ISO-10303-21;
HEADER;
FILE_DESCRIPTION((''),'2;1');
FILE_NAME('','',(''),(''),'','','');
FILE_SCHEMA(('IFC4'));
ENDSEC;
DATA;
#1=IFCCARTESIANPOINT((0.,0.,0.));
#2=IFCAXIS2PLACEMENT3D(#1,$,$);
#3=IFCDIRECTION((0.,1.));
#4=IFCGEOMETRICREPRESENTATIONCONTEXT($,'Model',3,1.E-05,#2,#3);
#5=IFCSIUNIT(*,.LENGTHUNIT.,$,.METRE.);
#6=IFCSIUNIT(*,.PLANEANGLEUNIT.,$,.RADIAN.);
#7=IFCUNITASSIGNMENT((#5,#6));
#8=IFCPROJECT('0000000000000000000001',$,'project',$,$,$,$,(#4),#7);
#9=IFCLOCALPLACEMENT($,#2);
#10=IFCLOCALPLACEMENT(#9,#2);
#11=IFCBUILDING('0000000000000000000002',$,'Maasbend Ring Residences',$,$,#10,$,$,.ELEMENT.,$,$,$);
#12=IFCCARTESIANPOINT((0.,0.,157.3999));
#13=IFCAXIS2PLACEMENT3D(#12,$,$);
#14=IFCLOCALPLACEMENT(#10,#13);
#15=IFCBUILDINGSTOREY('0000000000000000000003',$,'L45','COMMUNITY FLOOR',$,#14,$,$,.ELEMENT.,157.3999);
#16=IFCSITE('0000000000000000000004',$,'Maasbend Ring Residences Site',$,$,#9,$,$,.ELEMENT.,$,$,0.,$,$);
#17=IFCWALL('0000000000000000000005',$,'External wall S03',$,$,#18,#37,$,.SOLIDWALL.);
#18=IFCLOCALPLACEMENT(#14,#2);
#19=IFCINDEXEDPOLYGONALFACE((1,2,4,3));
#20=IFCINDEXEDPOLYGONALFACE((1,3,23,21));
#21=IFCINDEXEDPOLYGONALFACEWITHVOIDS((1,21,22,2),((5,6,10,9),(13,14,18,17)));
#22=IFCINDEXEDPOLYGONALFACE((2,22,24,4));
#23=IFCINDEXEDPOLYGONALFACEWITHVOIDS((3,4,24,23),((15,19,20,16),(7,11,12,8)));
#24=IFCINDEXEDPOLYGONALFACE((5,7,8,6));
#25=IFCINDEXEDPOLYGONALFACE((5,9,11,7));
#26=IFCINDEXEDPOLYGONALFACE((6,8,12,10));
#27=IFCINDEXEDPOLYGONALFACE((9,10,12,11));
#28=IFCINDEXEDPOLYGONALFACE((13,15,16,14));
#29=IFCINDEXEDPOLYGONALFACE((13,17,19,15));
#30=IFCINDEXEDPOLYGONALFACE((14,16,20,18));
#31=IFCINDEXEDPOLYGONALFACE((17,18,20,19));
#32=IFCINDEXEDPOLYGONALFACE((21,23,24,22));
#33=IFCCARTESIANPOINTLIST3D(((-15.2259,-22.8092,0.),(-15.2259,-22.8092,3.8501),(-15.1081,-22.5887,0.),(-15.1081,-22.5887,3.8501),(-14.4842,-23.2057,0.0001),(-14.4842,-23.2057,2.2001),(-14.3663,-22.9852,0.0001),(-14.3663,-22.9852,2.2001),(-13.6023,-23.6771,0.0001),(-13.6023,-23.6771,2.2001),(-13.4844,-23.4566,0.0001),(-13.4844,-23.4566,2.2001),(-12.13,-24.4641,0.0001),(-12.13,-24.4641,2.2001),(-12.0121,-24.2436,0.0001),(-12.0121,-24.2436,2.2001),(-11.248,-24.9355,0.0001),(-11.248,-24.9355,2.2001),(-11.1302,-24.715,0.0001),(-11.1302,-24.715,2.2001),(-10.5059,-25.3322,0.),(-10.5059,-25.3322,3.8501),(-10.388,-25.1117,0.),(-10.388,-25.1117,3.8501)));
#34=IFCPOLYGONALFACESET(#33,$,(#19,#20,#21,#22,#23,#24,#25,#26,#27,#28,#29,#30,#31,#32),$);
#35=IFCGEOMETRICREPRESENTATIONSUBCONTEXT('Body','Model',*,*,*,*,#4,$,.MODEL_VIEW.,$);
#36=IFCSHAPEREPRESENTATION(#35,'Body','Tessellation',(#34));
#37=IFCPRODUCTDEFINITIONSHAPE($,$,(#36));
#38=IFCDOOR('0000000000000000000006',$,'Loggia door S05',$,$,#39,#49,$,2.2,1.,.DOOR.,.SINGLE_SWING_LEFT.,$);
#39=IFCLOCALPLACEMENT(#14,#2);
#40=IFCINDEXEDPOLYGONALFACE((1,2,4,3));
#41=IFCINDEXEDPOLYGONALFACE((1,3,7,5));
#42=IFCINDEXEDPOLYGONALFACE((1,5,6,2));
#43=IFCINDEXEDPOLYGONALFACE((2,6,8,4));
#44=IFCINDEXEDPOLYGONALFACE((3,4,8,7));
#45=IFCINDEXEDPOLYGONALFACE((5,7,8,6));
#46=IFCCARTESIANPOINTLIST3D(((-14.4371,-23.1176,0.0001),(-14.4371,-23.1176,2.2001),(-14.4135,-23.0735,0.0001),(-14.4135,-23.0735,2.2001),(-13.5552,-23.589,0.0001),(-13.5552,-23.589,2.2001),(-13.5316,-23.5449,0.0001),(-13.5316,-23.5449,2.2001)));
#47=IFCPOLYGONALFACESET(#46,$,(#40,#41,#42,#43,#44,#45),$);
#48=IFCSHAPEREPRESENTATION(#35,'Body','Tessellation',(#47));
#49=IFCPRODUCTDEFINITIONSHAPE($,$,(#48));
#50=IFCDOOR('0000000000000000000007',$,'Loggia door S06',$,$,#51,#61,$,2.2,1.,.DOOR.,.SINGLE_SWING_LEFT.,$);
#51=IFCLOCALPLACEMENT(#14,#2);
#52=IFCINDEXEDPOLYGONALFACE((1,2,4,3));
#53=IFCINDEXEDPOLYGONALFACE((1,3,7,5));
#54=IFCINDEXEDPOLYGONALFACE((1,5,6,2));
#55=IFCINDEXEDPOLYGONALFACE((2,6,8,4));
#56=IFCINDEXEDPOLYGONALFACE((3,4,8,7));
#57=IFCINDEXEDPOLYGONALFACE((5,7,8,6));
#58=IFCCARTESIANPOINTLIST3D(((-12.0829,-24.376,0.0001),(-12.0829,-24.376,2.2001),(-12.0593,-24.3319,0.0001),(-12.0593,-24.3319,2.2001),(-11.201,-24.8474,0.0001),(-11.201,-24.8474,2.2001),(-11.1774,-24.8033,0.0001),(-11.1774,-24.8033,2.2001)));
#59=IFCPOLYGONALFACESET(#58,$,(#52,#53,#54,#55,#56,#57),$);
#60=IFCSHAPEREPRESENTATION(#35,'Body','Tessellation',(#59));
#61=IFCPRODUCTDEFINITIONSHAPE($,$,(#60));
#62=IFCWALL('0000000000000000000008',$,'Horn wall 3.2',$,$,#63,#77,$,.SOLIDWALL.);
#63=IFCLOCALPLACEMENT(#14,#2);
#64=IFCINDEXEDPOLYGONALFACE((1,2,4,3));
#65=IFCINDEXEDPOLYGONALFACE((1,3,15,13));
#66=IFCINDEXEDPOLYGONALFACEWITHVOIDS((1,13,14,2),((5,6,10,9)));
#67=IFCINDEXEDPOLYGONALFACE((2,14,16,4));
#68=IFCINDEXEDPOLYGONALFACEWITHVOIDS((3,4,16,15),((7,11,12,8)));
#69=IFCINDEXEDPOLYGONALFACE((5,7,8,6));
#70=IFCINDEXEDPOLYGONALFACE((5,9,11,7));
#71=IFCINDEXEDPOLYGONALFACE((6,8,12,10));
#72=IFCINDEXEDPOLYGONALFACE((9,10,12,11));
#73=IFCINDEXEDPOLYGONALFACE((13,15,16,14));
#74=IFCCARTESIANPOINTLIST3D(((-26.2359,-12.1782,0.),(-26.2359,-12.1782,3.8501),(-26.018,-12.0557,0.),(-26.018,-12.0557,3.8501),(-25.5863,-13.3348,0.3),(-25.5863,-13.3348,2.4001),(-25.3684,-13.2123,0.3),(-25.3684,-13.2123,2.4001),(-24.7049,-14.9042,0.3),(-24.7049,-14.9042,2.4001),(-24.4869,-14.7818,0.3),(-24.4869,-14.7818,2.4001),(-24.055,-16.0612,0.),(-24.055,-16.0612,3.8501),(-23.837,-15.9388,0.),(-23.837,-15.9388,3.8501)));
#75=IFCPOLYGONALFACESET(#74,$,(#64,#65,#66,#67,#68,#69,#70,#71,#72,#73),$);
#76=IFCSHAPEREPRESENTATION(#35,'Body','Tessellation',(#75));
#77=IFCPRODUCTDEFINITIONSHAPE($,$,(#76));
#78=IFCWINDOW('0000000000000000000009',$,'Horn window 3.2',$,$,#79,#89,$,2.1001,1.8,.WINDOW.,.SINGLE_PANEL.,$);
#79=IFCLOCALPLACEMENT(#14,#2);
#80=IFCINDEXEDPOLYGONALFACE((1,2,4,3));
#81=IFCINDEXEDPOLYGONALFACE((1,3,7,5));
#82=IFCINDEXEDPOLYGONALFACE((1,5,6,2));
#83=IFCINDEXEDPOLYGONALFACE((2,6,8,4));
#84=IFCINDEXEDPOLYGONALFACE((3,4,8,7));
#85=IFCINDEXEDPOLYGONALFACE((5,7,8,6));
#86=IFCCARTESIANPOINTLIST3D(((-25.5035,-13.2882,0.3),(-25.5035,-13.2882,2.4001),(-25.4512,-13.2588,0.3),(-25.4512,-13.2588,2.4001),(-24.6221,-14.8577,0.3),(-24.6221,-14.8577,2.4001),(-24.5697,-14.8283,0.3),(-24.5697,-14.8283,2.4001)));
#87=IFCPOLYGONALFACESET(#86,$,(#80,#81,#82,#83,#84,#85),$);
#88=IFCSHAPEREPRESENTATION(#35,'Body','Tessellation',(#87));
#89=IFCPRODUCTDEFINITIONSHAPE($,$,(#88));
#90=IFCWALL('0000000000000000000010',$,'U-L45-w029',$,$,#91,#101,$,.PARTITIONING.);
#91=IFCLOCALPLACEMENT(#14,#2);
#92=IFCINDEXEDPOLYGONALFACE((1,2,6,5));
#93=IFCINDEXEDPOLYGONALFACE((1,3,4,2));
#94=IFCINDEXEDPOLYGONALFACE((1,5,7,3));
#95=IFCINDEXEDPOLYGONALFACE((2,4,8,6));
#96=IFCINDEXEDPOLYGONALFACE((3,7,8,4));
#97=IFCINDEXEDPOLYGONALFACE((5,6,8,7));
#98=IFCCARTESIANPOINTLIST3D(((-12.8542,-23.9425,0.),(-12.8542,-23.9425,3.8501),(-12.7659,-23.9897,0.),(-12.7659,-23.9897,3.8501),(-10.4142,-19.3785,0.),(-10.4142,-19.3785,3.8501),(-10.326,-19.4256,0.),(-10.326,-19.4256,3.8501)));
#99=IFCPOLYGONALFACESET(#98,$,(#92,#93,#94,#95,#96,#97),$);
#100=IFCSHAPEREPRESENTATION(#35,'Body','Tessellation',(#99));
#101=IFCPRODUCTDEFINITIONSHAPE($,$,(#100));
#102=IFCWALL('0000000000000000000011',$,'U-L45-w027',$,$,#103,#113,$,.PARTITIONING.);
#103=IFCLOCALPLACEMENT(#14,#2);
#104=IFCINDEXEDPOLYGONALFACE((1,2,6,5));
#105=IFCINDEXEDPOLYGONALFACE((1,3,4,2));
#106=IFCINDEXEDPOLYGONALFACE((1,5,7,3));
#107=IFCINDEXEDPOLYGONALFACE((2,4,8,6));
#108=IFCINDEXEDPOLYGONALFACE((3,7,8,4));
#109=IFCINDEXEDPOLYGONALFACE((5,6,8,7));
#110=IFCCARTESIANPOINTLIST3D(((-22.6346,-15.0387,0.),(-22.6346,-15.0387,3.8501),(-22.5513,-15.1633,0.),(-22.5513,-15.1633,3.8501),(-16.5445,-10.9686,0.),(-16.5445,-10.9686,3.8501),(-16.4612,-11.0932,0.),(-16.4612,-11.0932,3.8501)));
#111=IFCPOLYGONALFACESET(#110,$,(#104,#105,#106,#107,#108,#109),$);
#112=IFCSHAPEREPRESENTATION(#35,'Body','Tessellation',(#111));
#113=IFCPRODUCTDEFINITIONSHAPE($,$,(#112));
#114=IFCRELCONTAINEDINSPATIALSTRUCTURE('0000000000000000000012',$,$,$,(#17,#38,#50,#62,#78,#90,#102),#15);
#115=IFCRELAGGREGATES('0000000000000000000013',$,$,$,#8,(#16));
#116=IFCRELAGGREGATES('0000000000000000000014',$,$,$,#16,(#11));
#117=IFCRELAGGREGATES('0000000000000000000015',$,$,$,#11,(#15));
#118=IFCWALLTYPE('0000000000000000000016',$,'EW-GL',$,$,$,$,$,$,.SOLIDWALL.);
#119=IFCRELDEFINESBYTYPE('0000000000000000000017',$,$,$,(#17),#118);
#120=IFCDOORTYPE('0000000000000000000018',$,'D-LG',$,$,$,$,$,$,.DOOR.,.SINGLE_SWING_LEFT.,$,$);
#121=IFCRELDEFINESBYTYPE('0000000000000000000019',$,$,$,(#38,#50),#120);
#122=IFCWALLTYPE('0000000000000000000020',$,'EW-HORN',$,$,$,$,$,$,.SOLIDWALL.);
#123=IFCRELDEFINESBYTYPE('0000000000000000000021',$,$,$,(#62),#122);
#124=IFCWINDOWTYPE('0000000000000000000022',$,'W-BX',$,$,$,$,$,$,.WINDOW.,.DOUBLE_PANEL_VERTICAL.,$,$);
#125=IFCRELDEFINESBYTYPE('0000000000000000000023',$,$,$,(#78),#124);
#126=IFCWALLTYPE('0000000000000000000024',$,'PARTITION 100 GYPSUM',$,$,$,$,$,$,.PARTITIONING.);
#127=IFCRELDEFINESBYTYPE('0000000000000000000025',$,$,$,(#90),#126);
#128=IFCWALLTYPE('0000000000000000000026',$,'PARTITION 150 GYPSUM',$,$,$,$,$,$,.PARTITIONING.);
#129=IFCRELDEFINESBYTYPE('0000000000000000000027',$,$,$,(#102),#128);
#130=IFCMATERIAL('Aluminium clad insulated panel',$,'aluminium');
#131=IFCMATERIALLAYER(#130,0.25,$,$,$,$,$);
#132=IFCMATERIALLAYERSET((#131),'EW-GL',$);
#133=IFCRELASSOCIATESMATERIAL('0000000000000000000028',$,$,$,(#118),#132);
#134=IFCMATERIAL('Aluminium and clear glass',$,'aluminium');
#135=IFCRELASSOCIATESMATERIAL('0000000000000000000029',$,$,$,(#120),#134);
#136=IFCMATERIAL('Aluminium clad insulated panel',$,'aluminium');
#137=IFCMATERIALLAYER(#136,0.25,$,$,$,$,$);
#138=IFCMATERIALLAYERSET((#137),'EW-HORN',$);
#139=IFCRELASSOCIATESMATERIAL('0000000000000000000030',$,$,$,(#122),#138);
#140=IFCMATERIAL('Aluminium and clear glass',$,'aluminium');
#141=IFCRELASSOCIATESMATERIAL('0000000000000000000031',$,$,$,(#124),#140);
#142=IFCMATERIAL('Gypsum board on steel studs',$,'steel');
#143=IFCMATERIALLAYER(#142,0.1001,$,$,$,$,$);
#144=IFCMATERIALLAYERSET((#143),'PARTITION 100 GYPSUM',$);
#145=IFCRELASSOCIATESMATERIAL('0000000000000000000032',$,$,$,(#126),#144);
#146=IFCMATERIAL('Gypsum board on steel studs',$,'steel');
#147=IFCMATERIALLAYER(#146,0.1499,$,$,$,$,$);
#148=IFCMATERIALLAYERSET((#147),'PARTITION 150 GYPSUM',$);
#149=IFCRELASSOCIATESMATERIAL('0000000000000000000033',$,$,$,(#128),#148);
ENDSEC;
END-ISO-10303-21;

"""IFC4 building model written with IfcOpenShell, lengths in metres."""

from ifc_helpers import new_model, si_unit, direction, frame, frame_2d, origin, place, context, subcontext, project, spatial, rectangle, extrude, material, layer, layer_set, type_object, element, fill, save


model = new_model("IFC4")

# Units and contexts
model_context = context("Model", 3, precision=1e-05, world=origin(), true_north=direction((0.0, 1.0)))
body_context = subcontext(model_context, "Body", "Model", "MODEL_VIEW")
ifc_project = project(units=[si_unit("LENGTHUNIT", "METRE"), si_unit("PLANEANGLEUNIT", "RADIAN")], contexts=[model_context])

# Site, building, storey
site_placement = place(None, origin())
site = spatial("IfcSite", under=ifc_project, at=site_placement, Name="Maasbend Ring Residences Site", CompositionType="ELEMENT", RefElevation=0.0)
building_placement = place(site_placement, origin())
building = spatial("IfcBuilding", under=site, at=building_placement, Name="Maasbend Ring Residences", CompositionType="ELEMENT")
storey_placement = place(building_placement, frame((0.0, 0.0, 157.3999)))
storey = spatial("IfcBuildingStorey", under=building, at=storey_placement, Name="L45", Description="COMMUNITY FLOOR", CompositionType="ELEMENT", Elevation=157.3999)

# Wall, openings, doors
ifc_material_1 = material(Name="Aluminium clad insulated panel", Category="aluminium")
ifc_layer_1 = layer(ifc_material_1, 0.25)
ifc_layer_set_1 = layer_set([ifc_layer_1], Name="EW-GL")
wall_type_1 = type_object("IfcWallType", Name="EW-GL", PredefinedType="SOLIDWALL", material=ifc_layer_set_1)
ifc_material_2 = material(Name="Aluminium and clear glass", Category="aluminium")
door_type_1 = type_object("IfcDoorType", Name="D-LG", OperationType="SINGLE_SWING_LEFT", PredefinedType="DOOR", material=ifc_material_2)
wall_1_placement = place(storey_placement, frame((-15.167, -22.699, 0.0), z_axis=(0.0, 0.0, 1.0), x_axis=(0.881916, -0.471407, 0.0)))
wall_1 = element("IfcWall", 1, at=wall_1_placement, inside=storey, type_object=wall_type_1, Name="External wall S03", PredefinedType="SOLIDWALL", context=body_context, shape_type="SweptSolid", body=[
    extrude(rectangle(XDim=5.3521, YDim=0.25, at=frame_2d((2.676, 0.0))), origin(), (0.0, 0.0, 1.0), 3.8501),
])
opening_1_placement = place(wall_1_placement, frame((0.8411, 0.0, 0.0)))
opening_1 = element("IfcOpeningElement", 2, at=opening_1_placement, cuts=wall_1, PredefinedType="OPENING", context=body_context, shape_type="SweptSolid", body=[
    extrude(rectangle(XDim=1.0, YDim=2.2, at=frame_2d((0.5, 1.1001))), frame((0.0, 0.135, 0.0), z_axis=(0.0, -1.0, 0.0), x_axis=(1.0, 0.0, 0.0)), (0.0, 0.0, 1.0), 0.27),
])
opening_2_placement = place(wall_1_placement, frame((3.5105, 0.0, 0.0)))
opening_2 = element("IfcOpeningElement", 3, at=opening_2_placement, cuts=wall_1, PredefinedType="OPENING", context=body_context, shape_type="SweptSolid", body=[
    extrude(rectangle(XDim=1.0, YDim=2.2, at=frame_2d((0.5, 1.1001))), frame((0.0, 0.135, 0.0), z_axis=(0.0, -1.0, 0.0), x_axis=(1.0, 0.0, 0.0)), (0.0, 0.0, 1.0), 0.27),
])
door_1_placement = place(opening_1_placement, origin())
door_1 = element("IfcDoor", 4, at=door_1_placement, inside=storey, type_object=door_type_1, Name="Loggia door S05", OperationType="SINGLE_SWING_LEFT", OverallHeight=2.2, OverallWidth=1.0, PredefinedType="DOOR", context=body_context, shape_type="SweptSolid", body=[
    extrude(rectangle(XDim=1.0, YDim=2.2, at=frame_2d((0.5, 1.1001))), frame((0.0, 0.0249, 0.0), z_axis=(0.0, -1.0, 0.0), x_axis=(1.0, 0.0, 0.0)), (0.0, 0.0, 1.0), 0.05),
])
fill(opening_1, door_1)
door_2_placement = place(opening_2_placement, origin())
door_2 = element("IfcDoor", 5, at=door_2_placement, inside=storey, type_object=door_type_1, Name="Loggia door S06", OperationType="SINGLE_SWING_LEFT", OverallHeight=2.2, OverallWidth=1.0, PredefinedType="DOOR", context=body_context, shape_type="SweptSolid", body=[
    extrude(rectangle(XDim=1.0, YDim=2.2, at=frame_2d((0.5, 1.1001))), frame((0.0, 0.0249, 0.0), z_axis=(0.0, -1.0, 0.0), x_axis=(1.0, 0.0, 0.0)), (0.0, 0.0, 1.0), 0.05),
])
fill(opening_2, door_2)

# Wall, opening, window
ifc_material_3 = material(Name="Aluminium clad insulated panel", Category="aluminium")
ifc_layer_2 = layer(ifc_material_3, 0.25)
ifc_layer_set_2 = layer_set([ifc_layer_2], Name="EW-HORN")
wall_type_2 = type_object("IfcWallType", Name="EW-HORN", PredefinedType="SOLIDWALL", material=ifc_layer_set_2)
wall_2_placement = place(storey_placement, frame((-26.127, -12.1169, 0.0), z_axis=(0.0, 0.0, 1.0), x_axis=(0.489696, -0.871893, 0.0)))
wall_2 = element("IfcWall", 6, at=wall_2_placement, inside=storey, type_object=wall_type_2, Name="Horn wall 3.2", PredefinedType="SOLIDWALL", context=body_context, shape_type="SweptSolid", body=[
    extrude(rectangle(XDim=4.4536, YDim=0.25, at=frame_2d((2.2268, 0.0))), origin(), (0.0, 0.0, 1.0), 3.8501),
])
opening_3_placement = place(wall_2_placement, frame((1.3267, 0.0, 0.3)))
opening_3 = element("IfcOpeningElement", 7, at=opening_3_placement, cuts=wall_2, PredefinedType="OPENING", context=body_context, shape_type="SweptSolid", body=[
    extrude(rectangle(XDim=1.8, YDim=2.1001, at=frame_2d((0.8999, 1.05))), frame((0.0, 0.135, 0.0), z_axis=(0.0, -1.0, 0.0), x_axis=(1.0, 0.0, 0.0)), (0.0, 0.0, 1.0), 0.27),
])
ifc_material_4 = material(Name="Aluminium and clear glass", Category="aluminium")
window_type = type_object("IfcWindowType", Name="W-BX", PartitioningType="DOUBLE_PANEL_VERTICAL", PredefinedType="WINDOW", material=ifc_material_4)
window_placement = place(opening_3_placement, origin())
window = element("IfcWindow", 8, at=window_placement, inside=storey, type_object=window_type, Name="Horn window 3.2", OverallHeight=2.1001, OverallWidth=1.8, PartitioningType="SINGLE_PANEL", PredefinedType="WINDOW", context=body_context, shape_type="SweptSolid", body=[
    extrude(rectangle(XDim=1.8, YDim=2.1001, at=frame_2d((0.8999, 1.05))), frame((0.0, 0.03, 0.0), z_axis=(0.0, -1.0, 0.0), x_axis=(1.0, 0.0, 0.0)), (0.0, 0.0, 1.0), 0.0601),
])
fill(opening_3, window)

# Walls
ifc_material_5 = material(Name="Gypsum board on steel studs", Category="steel")
ifc_layer_3 = layer(ifc_material_5, 0.1001)
ifc_layer_set_3 = layer_set([ifc_layer_3], Name="PARTITION 100 GYPSUM")
wall_type_3 = type_object("IfcWallType", Name="PARTITION 100 GYPSUM", PredefinedType="PARTITIONING", material=ifc_layer_set_3)
wall_3_placement = place(storey_placement, frame((-12.8101, -23.9661, 0.0), z_axis=(0.0, 0.0, 1.0), x_axis=(0.471465, 0.881885, 0.0)))
element("IfcWall", 9, at=wall_3_placement, inside=storey, type_object=wall_type_3, Name="U-L45-w029", PredefinedType="PARTITIONING", context=body_context, shape_type="SweptSolid", body=[
    extrude(rectangle(XDim=5.1753, YDim=0.1001, at=frame_2d((2.5876, 0.0))), origin(), (0.0, 0.0, 1.0), 3.8501),
])
ifc_material_6 = material(Name="Gypsum board on steel studs", Category="steel")
ifc_layer_4 = layer(ifc_material_6, 0.1499)
ifc_layer_set_4 = layer_set([ifc_layer_4], Name="PARTITION 150 GYPSUM")
wall_type_4 = type_object("IfcWallType", Name="PARTITION 150 GYPSUM", PredefinedType="PARTITIONING", material=ifc_layer_set_4)
wall_4_placement = place(storey_placement, frame((-22.593, -15.1011, 0.0), z_axis=(0.0, 0.0, 1.0), x_axis=(0.831419, 0.555646, 0.0)))
element("IfcWall", 10, at=wall_4_placement, inside=storey, type_object=wall_type_4, Name="U-L45-w027", PredefinedType="PARTITIONING", context=body_context, shape_type="SweptSolid", body=[
    extrude(rectangle(XDim=7.325, YDim=0.1499, at=frame_2d((3.6626, 0.0))), origin(), (0.0, 0.0, 1.0), 3.8501),
])

save(model, "model.ifc")
